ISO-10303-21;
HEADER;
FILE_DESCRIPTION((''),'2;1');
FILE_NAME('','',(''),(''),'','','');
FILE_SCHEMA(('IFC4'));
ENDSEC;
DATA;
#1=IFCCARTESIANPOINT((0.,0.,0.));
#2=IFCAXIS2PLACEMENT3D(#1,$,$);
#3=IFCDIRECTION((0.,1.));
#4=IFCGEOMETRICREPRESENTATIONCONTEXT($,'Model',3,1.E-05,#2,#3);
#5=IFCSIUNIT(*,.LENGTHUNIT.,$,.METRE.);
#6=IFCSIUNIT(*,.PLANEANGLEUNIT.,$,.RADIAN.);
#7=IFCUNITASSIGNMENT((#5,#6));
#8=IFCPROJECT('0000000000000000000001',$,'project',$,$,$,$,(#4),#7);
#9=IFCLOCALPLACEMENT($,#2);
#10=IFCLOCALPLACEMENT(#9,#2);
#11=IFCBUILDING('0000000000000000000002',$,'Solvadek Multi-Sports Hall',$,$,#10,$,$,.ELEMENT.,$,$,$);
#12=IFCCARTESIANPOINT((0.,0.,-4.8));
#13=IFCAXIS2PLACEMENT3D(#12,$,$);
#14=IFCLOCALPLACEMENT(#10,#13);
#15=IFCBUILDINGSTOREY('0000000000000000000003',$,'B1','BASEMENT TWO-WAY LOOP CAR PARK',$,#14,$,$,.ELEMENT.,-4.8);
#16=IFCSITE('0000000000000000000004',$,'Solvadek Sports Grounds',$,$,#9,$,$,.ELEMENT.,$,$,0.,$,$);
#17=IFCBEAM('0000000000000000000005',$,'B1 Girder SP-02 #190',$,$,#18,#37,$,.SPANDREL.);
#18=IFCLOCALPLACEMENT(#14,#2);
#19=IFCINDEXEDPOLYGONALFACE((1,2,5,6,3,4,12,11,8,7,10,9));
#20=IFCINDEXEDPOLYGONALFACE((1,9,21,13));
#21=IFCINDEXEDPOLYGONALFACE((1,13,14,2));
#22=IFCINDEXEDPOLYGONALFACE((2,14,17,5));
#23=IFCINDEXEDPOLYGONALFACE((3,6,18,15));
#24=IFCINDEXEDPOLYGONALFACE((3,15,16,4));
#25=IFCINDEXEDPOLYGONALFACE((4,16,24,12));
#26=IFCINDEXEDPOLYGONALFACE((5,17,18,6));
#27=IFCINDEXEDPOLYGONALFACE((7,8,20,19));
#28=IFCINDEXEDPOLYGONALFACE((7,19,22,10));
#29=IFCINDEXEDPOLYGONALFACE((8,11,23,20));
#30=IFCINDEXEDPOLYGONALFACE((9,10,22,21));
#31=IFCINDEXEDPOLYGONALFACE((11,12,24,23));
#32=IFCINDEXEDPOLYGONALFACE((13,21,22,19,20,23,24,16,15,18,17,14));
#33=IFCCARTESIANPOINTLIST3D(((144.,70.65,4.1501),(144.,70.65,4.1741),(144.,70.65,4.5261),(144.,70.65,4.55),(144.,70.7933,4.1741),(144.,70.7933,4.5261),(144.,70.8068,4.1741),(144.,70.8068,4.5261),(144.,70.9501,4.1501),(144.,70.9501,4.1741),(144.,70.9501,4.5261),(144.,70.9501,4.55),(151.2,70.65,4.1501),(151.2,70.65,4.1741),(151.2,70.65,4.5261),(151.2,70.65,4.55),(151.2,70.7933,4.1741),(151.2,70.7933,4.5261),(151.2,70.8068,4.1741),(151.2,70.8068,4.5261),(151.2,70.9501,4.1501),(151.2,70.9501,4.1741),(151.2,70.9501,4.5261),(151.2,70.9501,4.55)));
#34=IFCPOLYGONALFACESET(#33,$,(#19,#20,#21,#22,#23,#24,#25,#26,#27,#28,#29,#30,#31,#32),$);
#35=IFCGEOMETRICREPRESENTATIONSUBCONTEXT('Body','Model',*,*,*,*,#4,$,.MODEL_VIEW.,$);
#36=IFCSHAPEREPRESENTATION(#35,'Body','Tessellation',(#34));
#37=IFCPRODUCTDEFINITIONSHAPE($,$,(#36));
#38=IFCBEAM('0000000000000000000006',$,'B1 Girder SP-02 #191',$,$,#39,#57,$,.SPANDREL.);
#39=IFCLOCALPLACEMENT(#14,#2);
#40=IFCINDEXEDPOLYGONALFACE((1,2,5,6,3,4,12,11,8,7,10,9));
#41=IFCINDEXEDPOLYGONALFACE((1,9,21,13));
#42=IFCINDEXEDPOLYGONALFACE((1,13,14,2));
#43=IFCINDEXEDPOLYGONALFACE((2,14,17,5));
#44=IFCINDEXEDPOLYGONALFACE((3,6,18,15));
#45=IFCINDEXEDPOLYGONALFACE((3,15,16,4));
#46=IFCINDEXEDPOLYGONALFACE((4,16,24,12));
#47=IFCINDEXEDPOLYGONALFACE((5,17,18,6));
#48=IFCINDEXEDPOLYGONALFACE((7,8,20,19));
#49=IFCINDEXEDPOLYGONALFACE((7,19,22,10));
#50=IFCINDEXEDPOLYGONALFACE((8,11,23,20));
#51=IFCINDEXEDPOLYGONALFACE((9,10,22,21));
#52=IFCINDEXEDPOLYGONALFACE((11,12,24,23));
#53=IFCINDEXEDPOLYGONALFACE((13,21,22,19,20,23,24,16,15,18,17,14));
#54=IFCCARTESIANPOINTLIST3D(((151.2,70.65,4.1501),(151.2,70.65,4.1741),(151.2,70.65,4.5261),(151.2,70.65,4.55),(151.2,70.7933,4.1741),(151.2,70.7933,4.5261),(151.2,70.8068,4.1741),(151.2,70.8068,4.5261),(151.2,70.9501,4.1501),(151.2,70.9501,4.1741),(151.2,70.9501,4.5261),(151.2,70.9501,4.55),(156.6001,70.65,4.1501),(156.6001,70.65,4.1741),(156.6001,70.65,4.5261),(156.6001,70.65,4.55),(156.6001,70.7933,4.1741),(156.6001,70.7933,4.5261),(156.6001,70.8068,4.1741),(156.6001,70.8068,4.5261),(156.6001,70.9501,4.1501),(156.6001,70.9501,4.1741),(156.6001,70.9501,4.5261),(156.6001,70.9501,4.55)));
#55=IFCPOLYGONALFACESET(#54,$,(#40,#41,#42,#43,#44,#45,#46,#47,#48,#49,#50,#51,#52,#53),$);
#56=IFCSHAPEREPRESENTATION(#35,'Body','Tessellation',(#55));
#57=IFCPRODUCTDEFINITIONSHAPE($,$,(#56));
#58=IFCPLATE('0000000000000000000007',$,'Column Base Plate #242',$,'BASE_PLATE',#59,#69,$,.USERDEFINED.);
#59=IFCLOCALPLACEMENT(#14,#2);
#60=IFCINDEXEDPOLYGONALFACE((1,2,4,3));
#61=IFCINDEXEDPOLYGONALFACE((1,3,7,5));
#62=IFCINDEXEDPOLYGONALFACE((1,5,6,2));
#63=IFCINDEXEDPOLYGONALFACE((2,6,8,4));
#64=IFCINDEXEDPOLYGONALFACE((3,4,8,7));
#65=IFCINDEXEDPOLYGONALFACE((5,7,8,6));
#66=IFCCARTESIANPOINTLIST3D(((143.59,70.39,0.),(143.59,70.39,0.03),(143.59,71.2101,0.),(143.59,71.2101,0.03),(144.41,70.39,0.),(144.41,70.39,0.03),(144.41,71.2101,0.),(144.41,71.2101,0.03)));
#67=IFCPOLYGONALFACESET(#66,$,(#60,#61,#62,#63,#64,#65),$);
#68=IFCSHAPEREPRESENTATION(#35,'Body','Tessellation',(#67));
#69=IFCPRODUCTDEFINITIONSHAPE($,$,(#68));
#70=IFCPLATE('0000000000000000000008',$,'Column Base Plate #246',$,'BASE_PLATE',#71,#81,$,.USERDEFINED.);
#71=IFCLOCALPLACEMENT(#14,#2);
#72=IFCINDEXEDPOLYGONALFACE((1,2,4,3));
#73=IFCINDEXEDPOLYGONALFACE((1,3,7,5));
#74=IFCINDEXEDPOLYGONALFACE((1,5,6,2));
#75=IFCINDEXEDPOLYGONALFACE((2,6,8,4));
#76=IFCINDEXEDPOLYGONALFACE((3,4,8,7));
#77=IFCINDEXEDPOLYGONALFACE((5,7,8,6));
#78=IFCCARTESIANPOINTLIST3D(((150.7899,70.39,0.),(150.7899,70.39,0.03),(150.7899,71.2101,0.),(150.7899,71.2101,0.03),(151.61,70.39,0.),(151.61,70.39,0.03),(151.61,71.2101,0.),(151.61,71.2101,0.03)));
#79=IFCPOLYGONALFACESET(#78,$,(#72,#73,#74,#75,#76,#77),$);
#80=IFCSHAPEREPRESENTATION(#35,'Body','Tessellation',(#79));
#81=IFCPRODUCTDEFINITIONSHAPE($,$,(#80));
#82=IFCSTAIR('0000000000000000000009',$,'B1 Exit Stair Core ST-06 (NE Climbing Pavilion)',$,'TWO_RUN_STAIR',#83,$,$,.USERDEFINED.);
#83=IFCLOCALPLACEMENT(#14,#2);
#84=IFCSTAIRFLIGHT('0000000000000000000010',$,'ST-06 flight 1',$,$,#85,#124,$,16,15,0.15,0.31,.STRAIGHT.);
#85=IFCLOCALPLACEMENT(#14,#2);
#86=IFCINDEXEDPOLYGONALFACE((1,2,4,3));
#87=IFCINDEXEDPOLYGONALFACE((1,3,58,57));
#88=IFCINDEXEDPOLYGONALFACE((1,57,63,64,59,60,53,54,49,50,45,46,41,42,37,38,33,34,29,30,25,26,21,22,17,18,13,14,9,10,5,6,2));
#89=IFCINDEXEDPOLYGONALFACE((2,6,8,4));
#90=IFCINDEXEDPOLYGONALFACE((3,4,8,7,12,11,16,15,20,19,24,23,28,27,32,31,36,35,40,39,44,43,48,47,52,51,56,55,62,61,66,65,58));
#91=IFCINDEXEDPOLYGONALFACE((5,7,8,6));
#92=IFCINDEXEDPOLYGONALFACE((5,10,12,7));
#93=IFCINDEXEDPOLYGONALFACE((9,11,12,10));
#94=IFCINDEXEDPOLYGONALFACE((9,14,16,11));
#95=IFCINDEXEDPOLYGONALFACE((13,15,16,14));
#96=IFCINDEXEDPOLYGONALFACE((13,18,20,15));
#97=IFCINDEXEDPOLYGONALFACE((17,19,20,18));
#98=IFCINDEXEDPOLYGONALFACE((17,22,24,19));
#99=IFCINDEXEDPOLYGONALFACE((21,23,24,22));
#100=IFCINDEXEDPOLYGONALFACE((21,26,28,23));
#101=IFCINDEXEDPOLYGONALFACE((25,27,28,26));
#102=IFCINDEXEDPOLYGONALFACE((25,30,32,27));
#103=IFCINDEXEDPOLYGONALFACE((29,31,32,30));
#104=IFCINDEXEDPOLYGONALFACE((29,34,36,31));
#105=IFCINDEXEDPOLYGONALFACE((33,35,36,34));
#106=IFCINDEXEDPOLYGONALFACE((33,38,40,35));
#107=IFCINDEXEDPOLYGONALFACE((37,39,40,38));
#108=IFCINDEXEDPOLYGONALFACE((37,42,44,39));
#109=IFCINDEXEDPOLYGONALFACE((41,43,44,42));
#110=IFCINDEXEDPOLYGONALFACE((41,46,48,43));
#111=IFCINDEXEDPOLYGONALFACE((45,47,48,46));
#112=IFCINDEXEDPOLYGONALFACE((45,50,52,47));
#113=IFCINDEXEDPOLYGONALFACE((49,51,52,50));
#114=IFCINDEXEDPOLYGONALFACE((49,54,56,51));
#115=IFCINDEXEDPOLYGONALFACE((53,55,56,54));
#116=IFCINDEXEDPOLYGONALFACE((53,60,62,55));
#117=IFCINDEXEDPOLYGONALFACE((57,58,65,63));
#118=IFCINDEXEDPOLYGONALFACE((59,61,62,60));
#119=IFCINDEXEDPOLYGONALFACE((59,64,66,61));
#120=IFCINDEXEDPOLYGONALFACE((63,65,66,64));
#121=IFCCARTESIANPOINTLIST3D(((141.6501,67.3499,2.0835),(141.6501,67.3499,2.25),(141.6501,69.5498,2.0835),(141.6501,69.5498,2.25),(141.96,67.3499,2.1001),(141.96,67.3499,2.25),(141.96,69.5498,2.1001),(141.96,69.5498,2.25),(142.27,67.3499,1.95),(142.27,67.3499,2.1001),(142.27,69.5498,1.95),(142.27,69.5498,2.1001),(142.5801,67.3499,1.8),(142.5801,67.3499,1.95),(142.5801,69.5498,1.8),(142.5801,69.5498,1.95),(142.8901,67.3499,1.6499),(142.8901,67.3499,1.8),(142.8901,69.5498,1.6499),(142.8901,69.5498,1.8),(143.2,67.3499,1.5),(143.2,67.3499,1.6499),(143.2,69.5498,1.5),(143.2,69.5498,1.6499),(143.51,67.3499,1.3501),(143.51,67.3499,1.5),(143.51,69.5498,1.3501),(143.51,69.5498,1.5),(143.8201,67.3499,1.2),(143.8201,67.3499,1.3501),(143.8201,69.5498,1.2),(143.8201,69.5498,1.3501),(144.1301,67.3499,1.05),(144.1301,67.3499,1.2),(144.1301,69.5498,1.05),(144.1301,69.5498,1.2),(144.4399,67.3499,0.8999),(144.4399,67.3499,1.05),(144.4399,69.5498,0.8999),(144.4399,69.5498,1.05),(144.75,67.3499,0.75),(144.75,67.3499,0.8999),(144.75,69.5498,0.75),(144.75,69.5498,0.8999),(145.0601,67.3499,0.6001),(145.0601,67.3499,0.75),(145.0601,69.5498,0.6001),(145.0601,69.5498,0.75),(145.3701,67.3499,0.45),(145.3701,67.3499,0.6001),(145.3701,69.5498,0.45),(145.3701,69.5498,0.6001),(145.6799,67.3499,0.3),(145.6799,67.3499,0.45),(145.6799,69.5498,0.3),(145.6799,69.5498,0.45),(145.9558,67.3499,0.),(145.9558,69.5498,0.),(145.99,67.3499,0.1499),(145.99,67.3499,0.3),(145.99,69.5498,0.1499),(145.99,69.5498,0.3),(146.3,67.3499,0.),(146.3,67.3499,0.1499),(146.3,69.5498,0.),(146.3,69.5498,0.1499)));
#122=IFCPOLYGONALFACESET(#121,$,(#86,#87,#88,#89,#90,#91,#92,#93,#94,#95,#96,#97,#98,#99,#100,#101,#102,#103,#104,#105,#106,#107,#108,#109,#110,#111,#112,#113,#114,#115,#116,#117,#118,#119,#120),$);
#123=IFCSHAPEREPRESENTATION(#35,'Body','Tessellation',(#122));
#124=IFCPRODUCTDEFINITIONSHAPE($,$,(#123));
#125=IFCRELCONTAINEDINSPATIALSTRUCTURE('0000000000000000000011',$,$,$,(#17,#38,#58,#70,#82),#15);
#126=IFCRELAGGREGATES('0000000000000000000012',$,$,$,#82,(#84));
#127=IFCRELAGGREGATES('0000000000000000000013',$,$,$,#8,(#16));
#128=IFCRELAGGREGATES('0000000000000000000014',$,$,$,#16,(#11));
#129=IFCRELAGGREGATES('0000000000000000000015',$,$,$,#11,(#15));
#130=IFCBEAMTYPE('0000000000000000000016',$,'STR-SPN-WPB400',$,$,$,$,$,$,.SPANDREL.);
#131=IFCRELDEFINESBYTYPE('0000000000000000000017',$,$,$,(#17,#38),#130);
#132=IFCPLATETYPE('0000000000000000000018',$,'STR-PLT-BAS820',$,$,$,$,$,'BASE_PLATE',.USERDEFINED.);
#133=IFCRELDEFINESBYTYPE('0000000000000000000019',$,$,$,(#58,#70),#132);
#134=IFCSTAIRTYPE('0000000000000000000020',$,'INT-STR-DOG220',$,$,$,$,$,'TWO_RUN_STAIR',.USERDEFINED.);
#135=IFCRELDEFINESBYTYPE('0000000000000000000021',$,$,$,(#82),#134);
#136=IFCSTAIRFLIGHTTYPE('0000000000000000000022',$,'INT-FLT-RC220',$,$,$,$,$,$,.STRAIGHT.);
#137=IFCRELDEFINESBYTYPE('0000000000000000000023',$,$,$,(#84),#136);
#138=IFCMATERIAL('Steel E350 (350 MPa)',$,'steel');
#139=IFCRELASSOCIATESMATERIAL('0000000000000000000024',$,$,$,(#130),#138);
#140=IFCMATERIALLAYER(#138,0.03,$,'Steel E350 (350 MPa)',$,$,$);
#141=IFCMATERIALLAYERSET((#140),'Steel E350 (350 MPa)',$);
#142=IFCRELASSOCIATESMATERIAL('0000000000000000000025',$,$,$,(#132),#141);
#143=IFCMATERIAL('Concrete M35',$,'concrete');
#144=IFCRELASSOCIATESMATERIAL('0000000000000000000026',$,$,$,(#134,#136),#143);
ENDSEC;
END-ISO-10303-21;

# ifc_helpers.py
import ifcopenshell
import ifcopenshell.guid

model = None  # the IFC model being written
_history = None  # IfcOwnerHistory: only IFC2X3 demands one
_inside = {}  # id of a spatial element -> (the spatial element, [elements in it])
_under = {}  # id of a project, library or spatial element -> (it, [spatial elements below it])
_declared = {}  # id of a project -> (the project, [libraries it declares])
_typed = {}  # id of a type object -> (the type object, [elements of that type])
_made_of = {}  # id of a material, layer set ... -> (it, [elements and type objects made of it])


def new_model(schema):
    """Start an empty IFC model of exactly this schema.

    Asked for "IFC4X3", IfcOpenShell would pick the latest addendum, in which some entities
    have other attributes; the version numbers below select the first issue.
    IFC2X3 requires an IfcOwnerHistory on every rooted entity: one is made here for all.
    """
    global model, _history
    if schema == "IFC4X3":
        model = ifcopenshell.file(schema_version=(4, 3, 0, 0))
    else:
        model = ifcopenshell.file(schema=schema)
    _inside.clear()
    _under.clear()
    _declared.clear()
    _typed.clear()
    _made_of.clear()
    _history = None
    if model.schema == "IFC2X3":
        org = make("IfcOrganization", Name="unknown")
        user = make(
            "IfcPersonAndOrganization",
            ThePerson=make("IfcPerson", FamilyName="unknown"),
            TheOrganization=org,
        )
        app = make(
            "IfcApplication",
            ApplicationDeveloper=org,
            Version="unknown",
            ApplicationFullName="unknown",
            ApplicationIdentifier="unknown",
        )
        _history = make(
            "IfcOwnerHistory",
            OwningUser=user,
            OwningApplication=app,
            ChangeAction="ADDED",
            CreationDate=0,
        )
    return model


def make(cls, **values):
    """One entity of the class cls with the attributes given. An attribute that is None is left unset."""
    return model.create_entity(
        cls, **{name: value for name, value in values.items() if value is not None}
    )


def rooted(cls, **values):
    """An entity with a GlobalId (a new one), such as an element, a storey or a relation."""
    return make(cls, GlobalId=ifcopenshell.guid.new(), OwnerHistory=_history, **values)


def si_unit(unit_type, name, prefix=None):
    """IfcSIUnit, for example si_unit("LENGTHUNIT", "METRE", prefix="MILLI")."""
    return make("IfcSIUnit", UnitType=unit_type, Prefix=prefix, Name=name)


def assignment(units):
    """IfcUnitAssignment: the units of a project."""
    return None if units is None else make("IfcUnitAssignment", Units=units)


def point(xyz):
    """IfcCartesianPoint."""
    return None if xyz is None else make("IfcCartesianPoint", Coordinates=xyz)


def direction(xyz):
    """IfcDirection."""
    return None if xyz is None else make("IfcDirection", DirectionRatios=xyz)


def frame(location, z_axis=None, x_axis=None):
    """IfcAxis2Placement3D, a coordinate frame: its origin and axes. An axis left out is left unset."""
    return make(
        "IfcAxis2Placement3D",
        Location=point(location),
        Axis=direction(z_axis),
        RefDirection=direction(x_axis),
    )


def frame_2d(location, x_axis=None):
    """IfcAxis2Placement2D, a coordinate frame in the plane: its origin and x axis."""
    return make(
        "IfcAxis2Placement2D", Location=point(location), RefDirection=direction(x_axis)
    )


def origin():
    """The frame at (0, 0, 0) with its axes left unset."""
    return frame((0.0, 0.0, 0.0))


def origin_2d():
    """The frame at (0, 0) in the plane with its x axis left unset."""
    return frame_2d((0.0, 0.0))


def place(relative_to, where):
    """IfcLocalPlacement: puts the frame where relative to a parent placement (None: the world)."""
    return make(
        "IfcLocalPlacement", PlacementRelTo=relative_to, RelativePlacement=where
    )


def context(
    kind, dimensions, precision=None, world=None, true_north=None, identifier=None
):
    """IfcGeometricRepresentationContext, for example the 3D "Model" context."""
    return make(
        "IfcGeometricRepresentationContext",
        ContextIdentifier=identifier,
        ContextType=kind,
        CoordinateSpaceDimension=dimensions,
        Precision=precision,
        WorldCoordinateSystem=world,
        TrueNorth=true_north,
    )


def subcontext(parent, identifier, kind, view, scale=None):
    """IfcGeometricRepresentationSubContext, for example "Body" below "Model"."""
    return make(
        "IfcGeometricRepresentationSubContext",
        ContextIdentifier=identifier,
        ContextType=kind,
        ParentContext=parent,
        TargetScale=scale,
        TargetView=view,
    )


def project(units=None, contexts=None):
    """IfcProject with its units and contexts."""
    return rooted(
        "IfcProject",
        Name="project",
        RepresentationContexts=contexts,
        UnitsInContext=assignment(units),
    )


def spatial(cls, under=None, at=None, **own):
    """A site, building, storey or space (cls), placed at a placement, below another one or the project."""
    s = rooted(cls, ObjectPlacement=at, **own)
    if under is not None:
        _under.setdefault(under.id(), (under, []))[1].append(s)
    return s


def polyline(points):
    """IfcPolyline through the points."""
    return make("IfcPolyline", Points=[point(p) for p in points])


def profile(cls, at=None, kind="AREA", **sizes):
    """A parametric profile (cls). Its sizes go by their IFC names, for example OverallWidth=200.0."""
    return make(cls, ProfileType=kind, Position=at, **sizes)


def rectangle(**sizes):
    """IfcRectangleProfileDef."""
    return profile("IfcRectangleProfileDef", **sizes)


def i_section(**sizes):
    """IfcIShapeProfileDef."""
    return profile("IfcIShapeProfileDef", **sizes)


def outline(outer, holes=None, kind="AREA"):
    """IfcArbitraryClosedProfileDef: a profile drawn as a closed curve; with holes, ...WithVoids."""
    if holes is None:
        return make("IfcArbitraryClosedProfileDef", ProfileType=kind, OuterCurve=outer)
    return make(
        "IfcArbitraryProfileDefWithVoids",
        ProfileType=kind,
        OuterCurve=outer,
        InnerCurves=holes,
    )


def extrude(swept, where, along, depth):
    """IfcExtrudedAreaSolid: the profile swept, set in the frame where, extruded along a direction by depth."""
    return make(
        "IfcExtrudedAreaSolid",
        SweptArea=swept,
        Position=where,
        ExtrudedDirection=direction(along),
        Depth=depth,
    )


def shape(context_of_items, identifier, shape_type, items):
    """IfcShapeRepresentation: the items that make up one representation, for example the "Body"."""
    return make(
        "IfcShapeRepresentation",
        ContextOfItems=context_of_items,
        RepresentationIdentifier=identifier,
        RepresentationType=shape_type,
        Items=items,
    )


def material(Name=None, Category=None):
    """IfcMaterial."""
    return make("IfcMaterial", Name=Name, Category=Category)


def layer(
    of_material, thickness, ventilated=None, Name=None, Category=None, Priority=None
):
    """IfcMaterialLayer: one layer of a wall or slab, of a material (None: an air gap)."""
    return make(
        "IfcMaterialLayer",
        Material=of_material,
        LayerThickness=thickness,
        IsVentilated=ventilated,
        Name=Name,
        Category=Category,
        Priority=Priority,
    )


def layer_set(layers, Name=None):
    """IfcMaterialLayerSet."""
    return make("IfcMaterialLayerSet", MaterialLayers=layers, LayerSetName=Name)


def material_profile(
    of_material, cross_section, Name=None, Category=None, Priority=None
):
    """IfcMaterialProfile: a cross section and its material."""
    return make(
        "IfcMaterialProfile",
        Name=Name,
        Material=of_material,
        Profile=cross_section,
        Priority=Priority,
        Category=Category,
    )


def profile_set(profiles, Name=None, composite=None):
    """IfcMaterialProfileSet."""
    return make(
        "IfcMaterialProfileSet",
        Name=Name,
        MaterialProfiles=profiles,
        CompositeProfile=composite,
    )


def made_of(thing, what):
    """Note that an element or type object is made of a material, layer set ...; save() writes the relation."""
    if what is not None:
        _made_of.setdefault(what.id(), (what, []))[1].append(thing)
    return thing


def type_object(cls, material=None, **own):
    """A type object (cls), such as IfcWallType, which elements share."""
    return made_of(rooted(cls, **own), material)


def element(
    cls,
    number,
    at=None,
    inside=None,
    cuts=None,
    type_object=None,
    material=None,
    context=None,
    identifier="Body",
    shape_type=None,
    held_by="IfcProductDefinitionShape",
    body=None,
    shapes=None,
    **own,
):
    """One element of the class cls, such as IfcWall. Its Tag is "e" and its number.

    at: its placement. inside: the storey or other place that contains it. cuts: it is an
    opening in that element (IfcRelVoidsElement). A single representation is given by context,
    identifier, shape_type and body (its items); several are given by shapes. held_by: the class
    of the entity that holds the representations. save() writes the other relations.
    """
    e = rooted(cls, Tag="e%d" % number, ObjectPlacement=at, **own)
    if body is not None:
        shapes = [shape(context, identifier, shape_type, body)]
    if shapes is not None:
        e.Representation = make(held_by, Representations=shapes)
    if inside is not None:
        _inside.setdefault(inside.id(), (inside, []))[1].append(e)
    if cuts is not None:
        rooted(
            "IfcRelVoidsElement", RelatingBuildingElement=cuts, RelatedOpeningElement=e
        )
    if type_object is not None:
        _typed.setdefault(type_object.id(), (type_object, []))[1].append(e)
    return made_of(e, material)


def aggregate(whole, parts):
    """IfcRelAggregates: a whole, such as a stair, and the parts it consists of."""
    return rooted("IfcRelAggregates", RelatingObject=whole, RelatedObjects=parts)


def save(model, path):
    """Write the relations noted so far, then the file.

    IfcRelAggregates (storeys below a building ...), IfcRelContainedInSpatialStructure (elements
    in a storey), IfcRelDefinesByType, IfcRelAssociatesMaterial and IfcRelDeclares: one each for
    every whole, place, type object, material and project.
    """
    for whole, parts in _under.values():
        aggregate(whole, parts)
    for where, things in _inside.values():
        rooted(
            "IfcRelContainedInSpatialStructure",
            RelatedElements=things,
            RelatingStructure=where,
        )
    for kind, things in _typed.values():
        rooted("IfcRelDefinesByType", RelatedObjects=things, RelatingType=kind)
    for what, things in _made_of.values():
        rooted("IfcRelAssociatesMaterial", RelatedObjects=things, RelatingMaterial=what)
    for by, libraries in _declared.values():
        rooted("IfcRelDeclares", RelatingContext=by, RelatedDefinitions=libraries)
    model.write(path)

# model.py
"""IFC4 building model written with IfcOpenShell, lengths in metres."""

from ifc_helpers import new_model, si_unit, direction, frame, origin, origin_2d, place, context, subcontext, project, spatial, polyline, rectangle, i_section, outline, extrude, material, layer, layer_set, material_profile, profile_set, type_object, element, aggregate, save


model = new_model("IFC4")

# Units and contexts
model_context = context("Model", 3, precision=1e-05, world=origin(), true_north=direction((0.0, 1.0)))
body_context = subcontext(model_context, "Body", "Model", "MODEL_VIEW")
ifc_project = project(units=[si_unit("LENGTHUNIT", "METRE"), si_unit("PLANEANGLEUNIT", "RADIAN")], contexts=[model_context])

# Site, building, storey
site_placement = place(None, origin())
site = spatial("IfcSite", under=ifc_project, at=site_placement, Name="Solvadek Sports Grounds", CompositionType="ELEMENT", RefElevation=0.0)
building_placement = place(site_placement, origin())
building = spatial("IfcBuilding", under=site, at=building_placement, Name="Solvadek Multi-Sports Hall", CompositionType="ELEMENT")
storey_placement = place(building_placement, frame((0.0, 0.0, -4.8)))
storey = spatial("IfcBuildingStorey", under=building, at=storey_placement, Name="B1", Description="BASEMENT TWO-WAY LOOP CAR PARK", CompositionType="ELEMENT", Elevation=-4.8)

# Shared definitions
ifc_material_1 = material(Name="Concrete M35", Category="concrete")

# Shared definitions
ifc_material_2 = material(Name="Steel E350 (350 MPa)", Category="steel")

# Beams
ifc_material_profile_1 = material_profile(ifc_material_2, i_section(OverallWidth=0.3, OverallDepth=0.3999, WebThickness=0.0134, FlangeThickness=0.0239, at=origin_2d()), Name="WPB 400")
ifc_profile_set_1 = profile_set([ifc_material_profile_1], Name="Steel E350 (350 MPa)")
beam_type_1 = type_object("IfcBeamType", Name="STR-SPN-WPB400", PredefinedType="SPANDREL", material=ifc_profile_set_1)
beam_1_placement = place(storey_placement, frame((144.0, 70.8, 4.3501), z_axis=(1.0, 0.0, 0.0), x_axis=(0.0, 1.0, 0.0)))
element("IfcBeam", 1, at=beam_1_placement, inside=storey, type_object=beam_type_1, Name="B1 Girder SP-02 #190", PredefinedType="SPANDREL", context=body_context, shape_type="SweptSolid", body=[
    extrude(i_section(OverallWidth=0.3, OverallDepth=0.3999, WebThickness=0.0134, FlangeThickness=0.0239, at=origin_2d()), origin(), (0.0, 0.0, 1.0), 7.2),
])
beam_2_placement = place(storey_placement, frame((151.2, 70.8, 4.3501), z_axis=(1.0, 0.0, 0.0), x_axis=(0.0, 1.0, 0.0)))
element("IfcBeam", 2, at=beam_2_placement, inside=storey, type_object=beam_type_1, Name="B1 Girder SP-02 #191", PredefinedType="SPANDREL", context=body_context, shape_type="SweptSolid", body=[
    extrude(i_section(OverallWidth=0.3, OverallDepth=0.3999, WebThickness=0.0134, FlangeThickness=0.0239, at=origin_2d()), origin(), (0.0, 0.0, 1.0), 5.4001),
])

# Plates
ifc_layer = layer(ifc_material_2, 0.03, Name="Steel E350 (350 MPa)")
ifc_layer_set = layer_set([ifc_layer], Name="Steel E350 (350 MPa)")
plate_type = type_object("IfcPlateType", Name="STR-PLT-BAS820", ElementType="BASE_PLATE", PredefinedType="USERDEFINED", material=ifc_layer_set)
for number, where, z_axis, x_axis, name in (
    (3, (144.0, 70.8, 0.0), (0.0, 0.0, 1.0), (1.0, 0.0, 0.0), "Column Base Plate #242"),
    (4, (151.2, 70.8, 0.0), (0.0, 0.0, 1.0), (1.0, 0.0, 0.0), "Column Base Plate #246"),
):
    element("IfcPlate", number, at=place(storey_placement, frame(where, z_axis=z_axis, x_axis=x_axis)), inside=storey, type_object=plate_type, Name=name, ObjectType="BASE_PLATE", PredefinedType="USERDEFINED", context=body_context, shape_type="SweptSolid", body=[
        extrude(rectangle(XDim=0.8201, YDim=0.8201, at=origin_2d()), origin(), (0.0, 0.0, 1.0), 0.03),
    ])

# Stair, stair flight
stair_type = type_object("IfcStairType", Name="INT-STR-DOG220", ElementType="TWO_RUN_STAIR", PredefinedType="USERDEFINED", material=ifc_material_1)
stair_placement = place(storey_placement, origin())
stair = element("IfcStair", 5, at=stair_placement, inside=storey, type_object=stair_type, Name="B1 Exit Stair Core ST-06 (NE Climbing Pavilion)", ObjectType="TWO_RUN_STAIR", PredefinedType="USERDEFINED")
stair_flight_type = type_object("IfcStairFlightType", Name="INT-FLT-RC220", PredefinedType="STRAIGHT", material=ifc_material_1)
stair_flight_placement = place(storey_placement, frame((146.3, 68.45, 0.0), z_axis=(0.0, 0.0, 1.0), x_axis=(-1.0, 0.0, 0.0)))
stair_flight = element("IfcStairFlight", 6, at=stair_flight_placement, type_object=stair_flight_type, Name="ST-06 flight 1", NumberOfRisers=16, NumberOfTreads=15, PredefinedType="STRAIGHT", RiserHeight=0.15, TreadLength=0.31, context=body_context, shape_type="SweptSolid", body=[
    extrude(outline(polyline([(0.0, 0.0), (0.0, 0.1499), (0.3101, 0.1499), (0.3101, 0.3), (0.6201, 0.3), (0.6201, 0.45), (0.9299, 0.45), (0.9299, 0.6001), (1.24, 0.6001), (1.24, 0.75), (1.55, 0.75), (1.55, 0.8999), (1.8601, 0.8999), (1.8601, 1.05), (2.1699, 1.05), (2.1699, 1.2), (2.48, 1.2), (2.48, 1.3501), (2.79, 1.3501), (2.79, 1.5), (3.1001, 1.5), (3.1001, 1.6499), (3.4099, 1.6499), (3.4099, 1.8), (3.72, 1.8), (3.72, 1.95), (4.03, 1.95), (4.03, 2.1001), (4.3401, 2.1001), (4.3401, 2.25), (4.6499, 2.25), (4.6499, 2.3999), (4.6499, 2.0835), (0.3442, 0.0), (0.0, 0.0)])), frame((0.0, 1.1001, 0.0), z_axis=(0.0, -1.0, 0.0), x_axis=(1.0, 0.0, 0.0)), (0.0, 0.0, 1.0), 2.2),
])
aggregate(stair, [stair_flight])

save(model, "model.ifc")
